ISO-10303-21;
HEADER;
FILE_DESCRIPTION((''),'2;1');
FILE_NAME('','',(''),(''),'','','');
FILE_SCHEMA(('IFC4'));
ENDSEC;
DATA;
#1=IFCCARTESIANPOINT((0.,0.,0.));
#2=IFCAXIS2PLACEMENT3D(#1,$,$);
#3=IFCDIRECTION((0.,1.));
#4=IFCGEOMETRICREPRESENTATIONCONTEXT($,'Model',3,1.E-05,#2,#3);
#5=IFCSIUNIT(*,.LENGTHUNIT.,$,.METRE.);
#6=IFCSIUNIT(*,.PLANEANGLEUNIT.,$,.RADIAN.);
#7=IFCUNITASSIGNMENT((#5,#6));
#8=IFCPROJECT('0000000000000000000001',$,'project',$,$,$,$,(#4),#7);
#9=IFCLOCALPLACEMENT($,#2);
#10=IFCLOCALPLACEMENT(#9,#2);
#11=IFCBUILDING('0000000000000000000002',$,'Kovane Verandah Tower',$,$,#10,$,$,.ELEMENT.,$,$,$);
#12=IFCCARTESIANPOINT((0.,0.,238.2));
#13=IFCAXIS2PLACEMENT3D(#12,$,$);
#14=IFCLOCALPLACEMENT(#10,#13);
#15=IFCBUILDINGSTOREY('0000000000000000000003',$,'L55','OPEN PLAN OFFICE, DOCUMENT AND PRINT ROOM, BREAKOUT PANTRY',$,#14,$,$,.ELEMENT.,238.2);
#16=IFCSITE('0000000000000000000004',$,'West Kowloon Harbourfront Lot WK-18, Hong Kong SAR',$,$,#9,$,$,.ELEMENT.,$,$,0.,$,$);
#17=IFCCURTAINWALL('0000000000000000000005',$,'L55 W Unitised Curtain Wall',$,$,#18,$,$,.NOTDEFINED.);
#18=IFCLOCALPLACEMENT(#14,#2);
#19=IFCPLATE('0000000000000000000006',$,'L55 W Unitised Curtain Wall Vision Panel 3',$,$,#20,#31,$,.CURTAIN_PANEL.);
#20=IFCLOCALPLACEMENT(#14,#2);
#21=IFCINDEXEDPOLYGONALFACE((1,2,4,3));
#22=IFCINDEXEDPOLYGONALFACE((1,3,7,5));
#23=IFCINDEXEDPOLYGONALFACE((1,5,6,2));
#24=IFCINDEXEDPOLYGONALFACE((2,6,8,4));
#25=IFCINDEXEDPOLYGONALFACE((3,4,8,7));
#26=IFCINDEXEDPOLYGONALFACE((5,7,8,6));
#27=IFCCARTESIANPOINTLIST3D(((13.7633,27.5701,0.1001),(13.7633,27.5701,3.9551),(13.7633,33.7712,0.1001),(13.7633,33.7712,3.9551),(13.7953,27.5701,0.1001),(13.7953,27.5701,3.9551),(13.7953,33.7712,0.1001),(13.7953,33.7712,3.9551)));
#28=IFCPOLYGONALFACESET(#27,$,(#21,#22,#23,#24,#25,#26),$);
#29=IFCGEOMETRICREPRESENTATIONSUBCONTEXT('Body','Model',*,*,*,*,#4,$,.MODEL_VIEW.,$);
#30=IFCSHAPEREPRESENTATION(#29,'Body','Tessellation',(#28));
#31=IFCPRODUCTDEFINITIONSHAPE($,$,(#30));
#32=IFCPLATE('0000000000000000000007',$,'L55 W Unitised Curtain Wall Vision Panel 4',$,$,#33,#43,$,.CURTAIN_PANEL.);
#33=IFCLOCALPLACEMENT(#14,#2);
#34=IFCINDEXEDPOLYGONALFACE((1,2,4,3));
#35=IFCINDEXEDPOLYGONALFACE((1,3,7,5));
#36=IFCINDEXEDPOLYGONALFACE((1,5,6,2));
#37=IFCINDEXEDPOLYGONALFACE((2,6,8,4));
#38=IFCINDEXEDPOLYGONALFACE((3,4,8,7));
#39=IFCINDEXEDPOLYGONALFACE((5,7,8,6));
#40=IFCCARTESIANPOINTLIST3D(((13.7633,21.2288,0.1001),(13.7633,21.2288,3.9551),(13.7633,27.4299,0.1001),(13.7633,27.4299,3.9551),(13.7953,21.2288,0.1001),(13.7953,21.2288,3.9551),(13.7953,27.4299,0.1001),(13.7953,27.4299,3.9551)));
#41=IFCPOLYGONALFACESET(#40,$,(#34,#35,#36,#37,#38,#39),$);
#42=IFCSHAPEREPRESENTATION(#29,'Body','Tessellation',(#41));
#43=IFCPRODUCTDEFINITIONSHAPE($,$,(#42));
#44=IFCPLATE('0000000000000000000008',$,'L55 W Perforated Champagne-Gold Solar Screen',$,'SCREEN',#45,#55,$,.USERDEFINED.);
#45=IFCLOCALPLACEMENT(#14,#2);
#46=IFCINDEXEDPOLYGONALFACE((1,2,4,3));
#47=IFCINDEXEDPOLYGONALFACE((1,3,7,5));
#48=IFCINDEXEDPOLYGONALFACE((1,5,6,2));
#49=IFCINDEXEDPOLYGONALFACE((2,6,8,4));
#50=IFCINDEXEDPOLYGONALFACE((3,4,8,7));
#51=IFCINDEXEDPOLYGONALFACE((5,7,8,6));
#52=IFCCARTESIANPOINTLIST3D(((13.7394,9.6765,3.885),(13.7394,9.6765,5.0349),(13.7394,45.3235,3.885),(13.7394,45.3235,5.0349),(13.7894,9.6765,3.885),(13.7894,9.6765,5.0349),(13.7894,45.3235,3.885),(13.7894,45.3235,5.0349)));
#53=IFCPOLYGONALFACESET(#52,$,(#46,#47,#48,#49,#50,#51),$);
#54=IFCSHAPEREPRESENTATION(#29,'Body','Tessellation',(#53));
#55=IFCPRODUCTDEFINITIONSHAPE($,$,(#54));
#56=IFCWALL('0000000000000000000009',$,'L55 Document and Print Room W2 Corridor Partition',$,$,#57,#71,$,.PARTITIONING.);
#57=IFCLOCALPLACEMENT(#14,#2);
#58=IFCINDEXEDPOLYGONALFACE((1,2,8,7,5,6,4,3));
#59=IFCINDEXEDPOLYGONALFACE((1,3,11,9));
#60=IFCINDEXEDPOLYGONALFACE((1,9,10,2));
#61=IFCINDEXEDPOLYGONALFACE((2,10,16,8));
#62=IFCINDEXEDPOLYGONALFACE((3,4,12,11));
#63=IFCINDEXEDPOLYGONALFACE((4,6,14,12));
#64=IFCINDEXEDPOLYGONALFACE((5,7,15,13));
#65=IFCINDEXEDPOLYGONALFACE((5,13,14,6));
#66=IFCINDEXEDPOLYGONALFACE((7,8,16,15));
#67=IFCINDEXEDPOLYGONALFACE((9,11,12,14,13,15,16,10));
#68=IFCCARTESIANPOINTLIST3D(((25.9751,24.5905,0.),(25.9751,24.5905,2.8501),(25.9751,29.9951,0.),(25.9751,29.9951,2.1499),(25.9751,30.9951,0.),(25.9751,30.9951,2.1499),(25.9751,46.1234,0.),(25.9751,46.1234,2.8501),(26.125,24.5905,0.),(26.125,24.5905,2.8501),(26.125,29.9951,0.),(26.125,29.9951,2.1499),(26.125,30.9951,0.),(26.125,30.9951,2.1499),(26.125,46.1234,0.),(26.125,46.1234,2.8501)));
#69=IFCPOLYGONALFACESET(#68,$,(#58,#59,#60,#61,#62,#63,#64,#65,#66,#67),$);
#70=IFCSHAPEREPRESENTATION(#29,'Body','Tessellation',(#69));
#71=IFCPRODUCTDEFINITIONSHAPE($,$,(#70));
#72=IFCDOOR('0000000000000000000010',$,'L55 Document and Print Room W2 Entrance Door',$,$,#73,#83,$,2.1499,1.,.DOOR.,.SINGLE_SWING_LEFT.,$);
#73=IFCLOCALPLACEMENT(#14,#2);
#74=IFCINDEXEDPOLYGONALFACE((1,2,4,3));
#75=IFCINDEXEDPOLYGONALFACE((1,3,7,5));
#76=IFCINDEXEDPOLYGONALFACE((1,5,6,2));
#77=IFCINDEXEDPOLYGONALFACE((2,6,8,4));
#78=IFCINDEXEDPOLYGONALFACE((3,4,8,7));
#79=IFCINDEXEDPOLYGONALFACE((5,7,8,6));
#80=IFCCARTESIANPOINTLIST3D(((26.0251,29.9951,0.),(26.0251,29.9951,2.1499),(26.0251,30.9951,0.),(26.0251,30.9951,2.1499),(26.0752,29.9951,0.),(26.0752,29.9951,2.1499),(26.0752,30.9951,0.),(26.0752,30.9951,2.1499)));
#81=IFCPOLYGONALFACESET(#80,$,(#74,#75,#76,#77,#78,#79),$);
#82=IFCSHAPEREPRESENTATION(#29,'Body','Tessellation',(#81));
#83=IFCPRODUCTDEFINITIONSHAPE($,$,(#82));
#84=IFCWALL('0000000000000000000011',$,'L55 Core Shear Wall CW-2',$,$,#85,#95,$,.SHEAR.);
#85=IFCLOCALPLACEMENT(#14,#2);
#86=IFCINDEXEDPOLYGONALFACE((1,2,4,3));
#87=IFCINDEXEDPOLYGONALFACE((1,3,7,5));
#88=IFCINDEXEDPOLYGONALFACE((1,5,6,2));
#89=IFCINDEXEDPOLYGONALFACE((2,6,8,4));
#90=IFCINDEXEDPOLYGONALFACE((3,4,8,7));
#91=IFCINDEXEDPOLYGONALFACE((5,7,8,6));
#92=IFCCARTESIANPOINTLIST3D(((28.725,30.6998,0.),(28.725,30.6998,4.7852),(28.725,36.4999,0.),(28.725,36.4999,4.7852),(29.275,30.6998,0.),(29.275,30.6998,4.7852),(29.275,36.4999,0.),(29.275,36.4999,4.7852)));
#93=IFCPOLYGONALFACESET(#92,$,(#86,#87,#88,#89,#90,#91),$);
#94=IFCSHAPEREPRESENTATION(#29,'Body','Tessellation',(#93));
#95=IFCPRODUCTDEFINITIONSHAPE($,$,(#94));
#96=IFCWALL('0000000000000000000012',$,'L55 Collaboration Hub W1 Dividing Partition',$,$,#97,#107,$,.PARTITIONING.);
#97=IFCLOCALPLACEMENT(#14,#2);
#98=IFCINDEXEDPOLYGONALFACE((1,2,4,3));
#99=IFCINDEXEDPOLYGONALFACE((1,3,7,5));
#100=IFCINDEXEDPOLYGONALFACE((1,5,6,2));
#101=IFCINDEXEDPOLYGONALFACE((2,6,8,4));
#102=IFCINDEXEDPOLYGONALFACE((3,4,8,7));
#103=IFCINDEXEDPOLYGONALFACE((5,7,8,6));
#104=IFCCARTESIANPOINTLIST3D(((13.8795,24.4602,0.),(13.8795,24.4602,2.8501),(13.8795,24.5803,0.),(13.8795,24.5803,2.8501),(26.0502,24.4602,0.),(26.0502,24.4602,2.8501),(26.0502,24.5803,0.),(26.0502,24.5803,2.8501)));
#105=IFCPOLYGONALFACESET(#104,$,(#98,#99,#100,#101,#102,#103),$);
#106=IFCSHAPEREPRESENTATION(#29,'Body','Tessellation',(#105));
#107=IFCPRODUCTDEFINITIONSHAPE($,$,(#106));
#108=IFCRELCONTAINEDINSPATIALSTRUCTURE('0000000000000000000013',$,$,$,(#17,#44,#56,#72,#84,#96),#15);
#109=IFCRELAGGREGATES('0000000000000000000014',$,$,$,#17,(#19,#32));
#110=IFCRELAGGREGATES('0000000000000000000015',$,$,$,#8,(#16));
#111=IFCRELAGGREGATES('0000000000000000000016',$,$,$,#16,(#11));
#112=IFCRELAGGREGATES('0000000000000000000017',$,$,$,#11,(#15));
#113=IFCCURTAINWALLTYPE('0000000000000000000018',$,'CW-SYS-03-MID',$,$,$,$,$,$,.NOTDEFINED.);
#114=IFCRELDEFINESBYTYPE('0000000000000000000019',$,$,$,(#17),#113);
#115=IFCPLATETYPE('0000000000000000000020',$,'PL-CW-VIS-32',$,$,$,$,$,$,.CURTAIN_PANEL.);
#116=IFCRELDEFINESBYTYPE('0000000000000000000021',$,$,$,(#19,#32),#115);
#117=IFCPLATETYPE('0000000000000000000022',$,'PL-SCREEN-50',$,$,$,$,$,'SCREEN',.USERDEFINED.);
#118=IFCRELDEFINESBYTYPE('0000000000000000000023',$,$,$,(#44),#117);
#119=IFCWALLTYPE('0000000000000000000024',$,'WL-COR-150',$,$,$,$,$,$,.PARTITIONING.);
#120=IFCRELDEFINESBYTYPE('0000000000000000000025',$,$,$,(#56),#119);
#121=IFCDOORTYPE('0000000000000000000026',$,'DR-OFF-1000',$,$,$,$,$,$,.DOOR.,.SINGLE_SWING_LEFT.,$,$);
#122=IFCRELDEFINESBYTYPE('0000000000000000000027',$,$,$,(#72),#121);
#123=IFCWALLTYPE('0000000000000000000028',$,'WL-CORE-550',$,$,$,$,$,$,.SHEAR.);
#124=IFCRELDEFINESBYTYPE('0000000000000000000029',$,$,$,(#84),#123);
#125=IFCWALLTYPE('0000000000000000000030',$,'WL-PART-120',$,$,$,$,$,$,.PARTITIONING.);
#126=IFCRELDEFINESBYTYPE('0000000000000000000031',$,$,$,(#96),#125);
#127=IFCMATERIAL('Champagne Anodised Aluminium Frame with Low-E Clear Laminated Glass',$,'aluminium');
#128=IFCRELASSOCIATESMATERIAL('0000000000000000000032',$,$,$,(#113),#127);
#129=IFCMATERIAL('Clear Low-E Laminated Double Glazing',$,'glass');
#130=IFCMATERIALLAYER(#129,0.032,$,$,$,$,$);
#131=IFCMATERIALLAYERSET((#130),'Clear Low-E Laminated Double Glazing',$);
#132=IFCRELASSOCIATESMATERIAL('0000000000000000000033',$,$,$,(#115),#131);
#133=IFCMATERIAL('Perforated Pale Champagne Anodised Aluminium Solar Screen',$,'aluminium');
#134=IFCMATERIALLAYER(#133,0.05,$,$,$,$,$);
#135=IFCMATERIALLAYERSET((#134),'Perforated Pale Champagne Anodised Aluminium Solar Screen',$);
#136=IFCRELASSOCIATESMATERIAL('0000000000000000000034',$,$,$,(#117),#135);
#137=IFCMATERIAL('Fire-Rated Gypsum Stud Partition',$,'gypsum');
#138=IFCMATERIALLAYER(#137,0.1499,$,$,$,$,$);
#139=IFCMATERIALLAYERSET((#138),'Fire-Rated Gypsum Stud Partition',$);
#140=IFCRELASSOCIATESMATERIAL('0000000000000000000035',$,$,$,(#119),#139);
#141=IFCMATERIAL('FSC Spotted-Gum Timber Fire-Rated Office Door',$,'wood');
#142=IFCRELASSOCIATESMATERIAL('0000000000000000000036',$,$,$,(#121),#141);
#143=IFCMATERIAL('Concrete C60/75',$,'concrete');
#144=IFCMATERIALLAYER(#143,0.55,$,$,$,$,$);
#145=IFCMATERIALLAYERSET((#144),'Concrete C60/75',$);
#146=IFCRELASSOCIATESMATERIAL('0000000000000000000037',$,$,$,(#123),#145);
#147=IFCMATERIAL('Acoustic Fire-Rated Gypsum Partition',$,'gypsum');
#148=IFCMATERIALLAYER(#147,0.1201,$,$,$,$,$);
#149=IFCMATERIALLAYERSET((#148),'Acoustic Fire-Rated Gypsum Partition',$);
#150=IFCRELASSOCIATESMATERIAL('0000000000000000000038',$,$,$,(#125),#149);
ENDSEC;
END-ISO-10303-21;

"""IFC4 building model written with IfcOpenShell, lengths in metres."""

from ifc_helpers import new_model, si_unit, direction, frame, frame_2d, origin, origin_2d, place, context, subcontext, project, spatial, rectangle, extrude, material, layer, layer_set, type_object, element, fill, aggregate, save


model = new_model("IFC4")

# Units and contexts
model_context = context("Model", 3, precision=1e-05, world=origin(), true_north=direction((0.0, 1.0)))
body_context = subcontext(model_context, "Body", "Model", "MODEL_VIEW")
ifc_project = project(units=[si_unit("LENGTHUNIT", "METRE"), si_unit("PLANEANGLEUNIT", "RADIAN")], contexts=[model_context])

# Site, building, storey
site_placement = place(None, origin())
site = spatial("IfcSite", under=ifc_project, at=site_placement, Name="West Kowloon Harbourfront Lot WK-18, Hong Kong SAR", CompositionType="ELEMENT", RefElevation=0.0)
building_placement = place(site_placement, origin())
building = spatial("IfcBuilding", under=site, at=building_placement, Name="Kovane Verandah Tower", CompositionType="ELEMENT")
storey_placement = place(building_placement, frame((0.0, 0.0, 238.2)))
storey = spatial("IfcBuildingStorey", under=building, at=storey_placement, Name="L55", Description="OPEN PLAN OFFICE, DOCUMENT AND PRINT ROOM, BREAKOUT PANTRY", CompositionType="ELEMENT", Elevation=238.2)

# Shared definitions
ifc_material_1 = material(Name="Concrete C60/75", Category="concrete")

# Curtain wall, plates
ifc_material_2 = material(Name="Champagne Anodised Aluminium Frame with Low-E Clear Laminated Glass", Category="aluminium")
curtain_wall_type = type_object("IfcCurtainWallType", Name="CW-SYS-03-MID", PredefinedType="NOTDEFINED", material=ifc_material_2)
curtain_wall_placement = place(storey_placement, origin())
curtain_wall = element("IfcCurtainWall", 1, at=curtain_wall_placement, inside=storey, type_object=curtain_wall_type, Name="L55 W Unitised Curtain Wall", PredefinedType="NOTDEFINED")
ifc_material_3 = material(Name="Clear Low-E Laminated Double Glazing", Category="glass")
ifc_layer_1 = layer(ifc_material_3, 0.032)
ifc_layer_set_1 = layer_set([ifc_layer_1], Name="Clear Low-E Laminated Double Glazing")
plate_type_1 = type_object("IfcPlateType", Name="PL-CW-VIS-32", PredefinedType="CURTAIN_PANEL", material=ifc_layer_set_1)
plate_1_placement = place(storey_placement, frame((13.7793, 30.6707, 0.1001), z_axis=(0.0, 0.0, 1.0), x_axis=(0.0, -1.0, 0.0)))
plate_1 = element("IfcPlate", 2, at=plate_1_placement, type_object=plate_type_1, Name="L55 W Unitised Curtain Wall Vision Panel 3", PredefinedType="CURTAIN_PANEL", context=body_context, shape_type="SweptSolid", body=[
    extrude(rectangle(XDim=6.2012, YDim=0.032, at=origin_2d()), origin(), (0.0, 0.0, 1.0), 3.855),
])
plate_2_placement = place(storey_placement, frame((13.7793, 24.3293, 0.1001), z_axis=(0.0, 0.0, 1.0), x_axis=(0.0, -1.0, 0.0)))
plate_2 = element("IfcPlate", 3, at=plate_2_placement, type_object=plate_type_1, Name="L55 W Unitised Curtain Wall Vision Panel 4", PredefinedType="CURTAIN_PANEL", context=body_context, shape_type="SweptSolid", body=[
    extrude(rectangle(XDim=6.2012, YDim=0.032, at=origin_2d()), origin(), (0.0, 0.0, 1.0), 3.855),
])
aggregate(curtain_wall, [plate_1, plate_2])

# Plate
ifc_material_4 = material(Name="Perforated Pale Champagne Anodised Aluminium Solar Screen", Category="aluminium")
ifc_layer_2 = layer(ifc_material_4, 0.05)
ifc_layer_set_2 = layer_set([ifc_layer_2], Name="Perforated Pale Champagne Anodised Aluminium Solar Screen")
plate_type_2 = type_object("IfcPlateType", Name="PL-SCREEN-50", ElementType="SCREEN", PredefinedType="USERDEFINED", material=ifc_layer_set_2)
plate_3_placement = place(storey_placement, frame((13.7644, 27.5, 3.885), z_axis=(0.0, 0.0, 1.0), x_axis=(0.0, -1.0, 0.0)))
element("IfcPlate", 4, at=plate_3_placement, inside=storey, type_object=plate_type_2, Name="L55 W Perforated Champagne-Gold Solar Screen", ObjectType="SCREEN", PredefinedType="USERDEFINED", context=body_context, shape_type="SweptSolid", body=[
    extrude(rectangle(XDim=35.647, YDim=0.05, at=origin_2d()), origin(), (0.0, 0.0, 1.0), 1.1499),
])

# Wall, opening, door
ifc_material_5 = material(Name="Fire-Rated Gypsum Stud Partition", Category="gypsum")
ifc_layer_3 = layer(ifc_material_5, 0.1499)
ifc_layer_set_3 = layer_set([ifc_layer_3], Name="Fire-Rated Gypsum Stud Partition")
wall_type_1 = type_object("IfcWallType", Name="WL-COR-150", PredefinedType="PARTITIONING", material=ifc_layer_set_3)
wall_1_placement = place(storey_placement, frame((26.05, 24.5903, 0.0), z_axis=(0.0, 0.0, 1.0), x_axis=(0.0, 1.0, 0.0)))
wall_1 = element("IfcWall", 5, at=wall_1_placement, inside=storey, type_object=wall_type_1, Name="L55 Document and Print Room W2 Corridor Partition", PredefinedType="PARTITIONING", context=body_context, shape_type="SweptSolid", body=[
    extrude(rectangle(XDim=21.533, YDim=0.1499, at=frame_2d((10.7666, 0.0))), origin(), (0.0, 0.0, 1.0), 2.8501),
])
opening_1_placement = place(wall_1_placement, frame((5.4048, 0.0, 0.0)))
opening_1 = element("IfcOpeningElement", 6, at=opening_1_placement, cuts=wall_1, PredefinedType="OPENING", context=body_context, shape_type="SweptSolid", body=[
    extrude(rectangle(XDim=1.0, YDim=2.1499, at=frame_2d((0.5, 1.075))), frame((0.0, 0.075, 0.0), z_axis=(0.0, -1.0, 0.0), x_axis=(1.0, 0.0, 0.0)), (0.0, 0.0, 1.0), 0.1499),
])
ifc_material_6 = material(Name="FSC Spotted-Gum Timber Fire-Rated Office Door", Category="wood")
door_type_1 = type_object("IfcDoorType", Name="DR-OFF-1000", OperationType="SINGLE_SWING_LEFT", PredefinedType="DOOR", material=ifc_material_6)
door_1_placement = place(opening_1_placement, origin())
door_1 = element("IfcDoor", 7, at=door_1_placement, inside=storey, type_object=door_type_1, Name="L55 Document and Print Room W2 Entrance Door", OperationType="SINGLE_SWING_LEFT", OverallHeight=2.1499, OverallWidth=1.0, PredefinedType="DOOR", context=body_context, shape_type="SweptSolid", body=[
    extrude(rectangle(XDim=1.0, YDim=2.1499, at=frame_2d((0.5, 1.075))), frame((0.0, 0.0249, 0.0), z_axis=(0.0, -1.0, 0.0), x_axis=(1.0, 0.0, 0.0)), (0.0, 0.0, 1.0), 0.05),
])
fill(opening_1, door_1)

# Wall
ifc_layer_4 = layer(ifc_material_1, 0.55)
ifc_layer_set_4 = layer_set([ifc_layer_4], Name="Concrete C60/75")
wall_type_2 = type_object("IfcWallType", Name="WL-CORE-550", PredefinedType="SHEAR", material=ifc_layer_set_4)
wall_2_placement = place(storey_placement, frame((29.0, 30.7, 0.0), z_axis=(0.0, 0.0, 1.0), x_axis=(0.0, 1.0, 0.0)))
element("IfcWall", 8, at=wall_2_placement, inside=storey, type_object=wall_type_2, Name="L55 Core Shear Wall CW-2", PredefinedType="SHEAR", context=body_context, shape_type="SweptSolid", body=[
    extrude(rectangle(XDim=5.8, YDim=0.55, at=frame_2d((2.8999, 0.0))), origin(), (0.0, 0.0, 1.0), 4.7852),
])

# Wall
ifc_material_7 = material(Name="Acoustic Fire-Rated Gypsum Partition", Category="gypsum")
ifc_layer_5 = layer(ifc_material_7, 0.1201)
ifc_layer_set_5 = layer_set([ifc_layer_5], Name="Acoustic Fire-Rated Gypsum Partition")
wall_type_3 = type_object("IfcWallType", Name="WL-PART-120", PredefinedType="PARTITIONING", material=ifc_layer_set_5)
wall_3_placement = place(storey_placement, frame((13.8794, 24.5203, 0.0), z_axis=(0.0, 0.0, 1.0), x_axis=(1.0, 0.0, 0.0)))
element("IfcWall", 9, at=wall_3_placement, inside=storey, type_object=wall_type_3, Name="L55 Collaboration Hub W1 Dividing Partition", PredefinedType="PARTITIONING", context=body_context, shape_type="SweptSolid", body=[
    extrude(rectangle(XDim=12.1707, YDim=0.1201, at=frame_2d((6.0854, 0.0))), origin(), (0.0, 0.0, 1.0), 2.8501),
])

save(model, "model.ifc")
